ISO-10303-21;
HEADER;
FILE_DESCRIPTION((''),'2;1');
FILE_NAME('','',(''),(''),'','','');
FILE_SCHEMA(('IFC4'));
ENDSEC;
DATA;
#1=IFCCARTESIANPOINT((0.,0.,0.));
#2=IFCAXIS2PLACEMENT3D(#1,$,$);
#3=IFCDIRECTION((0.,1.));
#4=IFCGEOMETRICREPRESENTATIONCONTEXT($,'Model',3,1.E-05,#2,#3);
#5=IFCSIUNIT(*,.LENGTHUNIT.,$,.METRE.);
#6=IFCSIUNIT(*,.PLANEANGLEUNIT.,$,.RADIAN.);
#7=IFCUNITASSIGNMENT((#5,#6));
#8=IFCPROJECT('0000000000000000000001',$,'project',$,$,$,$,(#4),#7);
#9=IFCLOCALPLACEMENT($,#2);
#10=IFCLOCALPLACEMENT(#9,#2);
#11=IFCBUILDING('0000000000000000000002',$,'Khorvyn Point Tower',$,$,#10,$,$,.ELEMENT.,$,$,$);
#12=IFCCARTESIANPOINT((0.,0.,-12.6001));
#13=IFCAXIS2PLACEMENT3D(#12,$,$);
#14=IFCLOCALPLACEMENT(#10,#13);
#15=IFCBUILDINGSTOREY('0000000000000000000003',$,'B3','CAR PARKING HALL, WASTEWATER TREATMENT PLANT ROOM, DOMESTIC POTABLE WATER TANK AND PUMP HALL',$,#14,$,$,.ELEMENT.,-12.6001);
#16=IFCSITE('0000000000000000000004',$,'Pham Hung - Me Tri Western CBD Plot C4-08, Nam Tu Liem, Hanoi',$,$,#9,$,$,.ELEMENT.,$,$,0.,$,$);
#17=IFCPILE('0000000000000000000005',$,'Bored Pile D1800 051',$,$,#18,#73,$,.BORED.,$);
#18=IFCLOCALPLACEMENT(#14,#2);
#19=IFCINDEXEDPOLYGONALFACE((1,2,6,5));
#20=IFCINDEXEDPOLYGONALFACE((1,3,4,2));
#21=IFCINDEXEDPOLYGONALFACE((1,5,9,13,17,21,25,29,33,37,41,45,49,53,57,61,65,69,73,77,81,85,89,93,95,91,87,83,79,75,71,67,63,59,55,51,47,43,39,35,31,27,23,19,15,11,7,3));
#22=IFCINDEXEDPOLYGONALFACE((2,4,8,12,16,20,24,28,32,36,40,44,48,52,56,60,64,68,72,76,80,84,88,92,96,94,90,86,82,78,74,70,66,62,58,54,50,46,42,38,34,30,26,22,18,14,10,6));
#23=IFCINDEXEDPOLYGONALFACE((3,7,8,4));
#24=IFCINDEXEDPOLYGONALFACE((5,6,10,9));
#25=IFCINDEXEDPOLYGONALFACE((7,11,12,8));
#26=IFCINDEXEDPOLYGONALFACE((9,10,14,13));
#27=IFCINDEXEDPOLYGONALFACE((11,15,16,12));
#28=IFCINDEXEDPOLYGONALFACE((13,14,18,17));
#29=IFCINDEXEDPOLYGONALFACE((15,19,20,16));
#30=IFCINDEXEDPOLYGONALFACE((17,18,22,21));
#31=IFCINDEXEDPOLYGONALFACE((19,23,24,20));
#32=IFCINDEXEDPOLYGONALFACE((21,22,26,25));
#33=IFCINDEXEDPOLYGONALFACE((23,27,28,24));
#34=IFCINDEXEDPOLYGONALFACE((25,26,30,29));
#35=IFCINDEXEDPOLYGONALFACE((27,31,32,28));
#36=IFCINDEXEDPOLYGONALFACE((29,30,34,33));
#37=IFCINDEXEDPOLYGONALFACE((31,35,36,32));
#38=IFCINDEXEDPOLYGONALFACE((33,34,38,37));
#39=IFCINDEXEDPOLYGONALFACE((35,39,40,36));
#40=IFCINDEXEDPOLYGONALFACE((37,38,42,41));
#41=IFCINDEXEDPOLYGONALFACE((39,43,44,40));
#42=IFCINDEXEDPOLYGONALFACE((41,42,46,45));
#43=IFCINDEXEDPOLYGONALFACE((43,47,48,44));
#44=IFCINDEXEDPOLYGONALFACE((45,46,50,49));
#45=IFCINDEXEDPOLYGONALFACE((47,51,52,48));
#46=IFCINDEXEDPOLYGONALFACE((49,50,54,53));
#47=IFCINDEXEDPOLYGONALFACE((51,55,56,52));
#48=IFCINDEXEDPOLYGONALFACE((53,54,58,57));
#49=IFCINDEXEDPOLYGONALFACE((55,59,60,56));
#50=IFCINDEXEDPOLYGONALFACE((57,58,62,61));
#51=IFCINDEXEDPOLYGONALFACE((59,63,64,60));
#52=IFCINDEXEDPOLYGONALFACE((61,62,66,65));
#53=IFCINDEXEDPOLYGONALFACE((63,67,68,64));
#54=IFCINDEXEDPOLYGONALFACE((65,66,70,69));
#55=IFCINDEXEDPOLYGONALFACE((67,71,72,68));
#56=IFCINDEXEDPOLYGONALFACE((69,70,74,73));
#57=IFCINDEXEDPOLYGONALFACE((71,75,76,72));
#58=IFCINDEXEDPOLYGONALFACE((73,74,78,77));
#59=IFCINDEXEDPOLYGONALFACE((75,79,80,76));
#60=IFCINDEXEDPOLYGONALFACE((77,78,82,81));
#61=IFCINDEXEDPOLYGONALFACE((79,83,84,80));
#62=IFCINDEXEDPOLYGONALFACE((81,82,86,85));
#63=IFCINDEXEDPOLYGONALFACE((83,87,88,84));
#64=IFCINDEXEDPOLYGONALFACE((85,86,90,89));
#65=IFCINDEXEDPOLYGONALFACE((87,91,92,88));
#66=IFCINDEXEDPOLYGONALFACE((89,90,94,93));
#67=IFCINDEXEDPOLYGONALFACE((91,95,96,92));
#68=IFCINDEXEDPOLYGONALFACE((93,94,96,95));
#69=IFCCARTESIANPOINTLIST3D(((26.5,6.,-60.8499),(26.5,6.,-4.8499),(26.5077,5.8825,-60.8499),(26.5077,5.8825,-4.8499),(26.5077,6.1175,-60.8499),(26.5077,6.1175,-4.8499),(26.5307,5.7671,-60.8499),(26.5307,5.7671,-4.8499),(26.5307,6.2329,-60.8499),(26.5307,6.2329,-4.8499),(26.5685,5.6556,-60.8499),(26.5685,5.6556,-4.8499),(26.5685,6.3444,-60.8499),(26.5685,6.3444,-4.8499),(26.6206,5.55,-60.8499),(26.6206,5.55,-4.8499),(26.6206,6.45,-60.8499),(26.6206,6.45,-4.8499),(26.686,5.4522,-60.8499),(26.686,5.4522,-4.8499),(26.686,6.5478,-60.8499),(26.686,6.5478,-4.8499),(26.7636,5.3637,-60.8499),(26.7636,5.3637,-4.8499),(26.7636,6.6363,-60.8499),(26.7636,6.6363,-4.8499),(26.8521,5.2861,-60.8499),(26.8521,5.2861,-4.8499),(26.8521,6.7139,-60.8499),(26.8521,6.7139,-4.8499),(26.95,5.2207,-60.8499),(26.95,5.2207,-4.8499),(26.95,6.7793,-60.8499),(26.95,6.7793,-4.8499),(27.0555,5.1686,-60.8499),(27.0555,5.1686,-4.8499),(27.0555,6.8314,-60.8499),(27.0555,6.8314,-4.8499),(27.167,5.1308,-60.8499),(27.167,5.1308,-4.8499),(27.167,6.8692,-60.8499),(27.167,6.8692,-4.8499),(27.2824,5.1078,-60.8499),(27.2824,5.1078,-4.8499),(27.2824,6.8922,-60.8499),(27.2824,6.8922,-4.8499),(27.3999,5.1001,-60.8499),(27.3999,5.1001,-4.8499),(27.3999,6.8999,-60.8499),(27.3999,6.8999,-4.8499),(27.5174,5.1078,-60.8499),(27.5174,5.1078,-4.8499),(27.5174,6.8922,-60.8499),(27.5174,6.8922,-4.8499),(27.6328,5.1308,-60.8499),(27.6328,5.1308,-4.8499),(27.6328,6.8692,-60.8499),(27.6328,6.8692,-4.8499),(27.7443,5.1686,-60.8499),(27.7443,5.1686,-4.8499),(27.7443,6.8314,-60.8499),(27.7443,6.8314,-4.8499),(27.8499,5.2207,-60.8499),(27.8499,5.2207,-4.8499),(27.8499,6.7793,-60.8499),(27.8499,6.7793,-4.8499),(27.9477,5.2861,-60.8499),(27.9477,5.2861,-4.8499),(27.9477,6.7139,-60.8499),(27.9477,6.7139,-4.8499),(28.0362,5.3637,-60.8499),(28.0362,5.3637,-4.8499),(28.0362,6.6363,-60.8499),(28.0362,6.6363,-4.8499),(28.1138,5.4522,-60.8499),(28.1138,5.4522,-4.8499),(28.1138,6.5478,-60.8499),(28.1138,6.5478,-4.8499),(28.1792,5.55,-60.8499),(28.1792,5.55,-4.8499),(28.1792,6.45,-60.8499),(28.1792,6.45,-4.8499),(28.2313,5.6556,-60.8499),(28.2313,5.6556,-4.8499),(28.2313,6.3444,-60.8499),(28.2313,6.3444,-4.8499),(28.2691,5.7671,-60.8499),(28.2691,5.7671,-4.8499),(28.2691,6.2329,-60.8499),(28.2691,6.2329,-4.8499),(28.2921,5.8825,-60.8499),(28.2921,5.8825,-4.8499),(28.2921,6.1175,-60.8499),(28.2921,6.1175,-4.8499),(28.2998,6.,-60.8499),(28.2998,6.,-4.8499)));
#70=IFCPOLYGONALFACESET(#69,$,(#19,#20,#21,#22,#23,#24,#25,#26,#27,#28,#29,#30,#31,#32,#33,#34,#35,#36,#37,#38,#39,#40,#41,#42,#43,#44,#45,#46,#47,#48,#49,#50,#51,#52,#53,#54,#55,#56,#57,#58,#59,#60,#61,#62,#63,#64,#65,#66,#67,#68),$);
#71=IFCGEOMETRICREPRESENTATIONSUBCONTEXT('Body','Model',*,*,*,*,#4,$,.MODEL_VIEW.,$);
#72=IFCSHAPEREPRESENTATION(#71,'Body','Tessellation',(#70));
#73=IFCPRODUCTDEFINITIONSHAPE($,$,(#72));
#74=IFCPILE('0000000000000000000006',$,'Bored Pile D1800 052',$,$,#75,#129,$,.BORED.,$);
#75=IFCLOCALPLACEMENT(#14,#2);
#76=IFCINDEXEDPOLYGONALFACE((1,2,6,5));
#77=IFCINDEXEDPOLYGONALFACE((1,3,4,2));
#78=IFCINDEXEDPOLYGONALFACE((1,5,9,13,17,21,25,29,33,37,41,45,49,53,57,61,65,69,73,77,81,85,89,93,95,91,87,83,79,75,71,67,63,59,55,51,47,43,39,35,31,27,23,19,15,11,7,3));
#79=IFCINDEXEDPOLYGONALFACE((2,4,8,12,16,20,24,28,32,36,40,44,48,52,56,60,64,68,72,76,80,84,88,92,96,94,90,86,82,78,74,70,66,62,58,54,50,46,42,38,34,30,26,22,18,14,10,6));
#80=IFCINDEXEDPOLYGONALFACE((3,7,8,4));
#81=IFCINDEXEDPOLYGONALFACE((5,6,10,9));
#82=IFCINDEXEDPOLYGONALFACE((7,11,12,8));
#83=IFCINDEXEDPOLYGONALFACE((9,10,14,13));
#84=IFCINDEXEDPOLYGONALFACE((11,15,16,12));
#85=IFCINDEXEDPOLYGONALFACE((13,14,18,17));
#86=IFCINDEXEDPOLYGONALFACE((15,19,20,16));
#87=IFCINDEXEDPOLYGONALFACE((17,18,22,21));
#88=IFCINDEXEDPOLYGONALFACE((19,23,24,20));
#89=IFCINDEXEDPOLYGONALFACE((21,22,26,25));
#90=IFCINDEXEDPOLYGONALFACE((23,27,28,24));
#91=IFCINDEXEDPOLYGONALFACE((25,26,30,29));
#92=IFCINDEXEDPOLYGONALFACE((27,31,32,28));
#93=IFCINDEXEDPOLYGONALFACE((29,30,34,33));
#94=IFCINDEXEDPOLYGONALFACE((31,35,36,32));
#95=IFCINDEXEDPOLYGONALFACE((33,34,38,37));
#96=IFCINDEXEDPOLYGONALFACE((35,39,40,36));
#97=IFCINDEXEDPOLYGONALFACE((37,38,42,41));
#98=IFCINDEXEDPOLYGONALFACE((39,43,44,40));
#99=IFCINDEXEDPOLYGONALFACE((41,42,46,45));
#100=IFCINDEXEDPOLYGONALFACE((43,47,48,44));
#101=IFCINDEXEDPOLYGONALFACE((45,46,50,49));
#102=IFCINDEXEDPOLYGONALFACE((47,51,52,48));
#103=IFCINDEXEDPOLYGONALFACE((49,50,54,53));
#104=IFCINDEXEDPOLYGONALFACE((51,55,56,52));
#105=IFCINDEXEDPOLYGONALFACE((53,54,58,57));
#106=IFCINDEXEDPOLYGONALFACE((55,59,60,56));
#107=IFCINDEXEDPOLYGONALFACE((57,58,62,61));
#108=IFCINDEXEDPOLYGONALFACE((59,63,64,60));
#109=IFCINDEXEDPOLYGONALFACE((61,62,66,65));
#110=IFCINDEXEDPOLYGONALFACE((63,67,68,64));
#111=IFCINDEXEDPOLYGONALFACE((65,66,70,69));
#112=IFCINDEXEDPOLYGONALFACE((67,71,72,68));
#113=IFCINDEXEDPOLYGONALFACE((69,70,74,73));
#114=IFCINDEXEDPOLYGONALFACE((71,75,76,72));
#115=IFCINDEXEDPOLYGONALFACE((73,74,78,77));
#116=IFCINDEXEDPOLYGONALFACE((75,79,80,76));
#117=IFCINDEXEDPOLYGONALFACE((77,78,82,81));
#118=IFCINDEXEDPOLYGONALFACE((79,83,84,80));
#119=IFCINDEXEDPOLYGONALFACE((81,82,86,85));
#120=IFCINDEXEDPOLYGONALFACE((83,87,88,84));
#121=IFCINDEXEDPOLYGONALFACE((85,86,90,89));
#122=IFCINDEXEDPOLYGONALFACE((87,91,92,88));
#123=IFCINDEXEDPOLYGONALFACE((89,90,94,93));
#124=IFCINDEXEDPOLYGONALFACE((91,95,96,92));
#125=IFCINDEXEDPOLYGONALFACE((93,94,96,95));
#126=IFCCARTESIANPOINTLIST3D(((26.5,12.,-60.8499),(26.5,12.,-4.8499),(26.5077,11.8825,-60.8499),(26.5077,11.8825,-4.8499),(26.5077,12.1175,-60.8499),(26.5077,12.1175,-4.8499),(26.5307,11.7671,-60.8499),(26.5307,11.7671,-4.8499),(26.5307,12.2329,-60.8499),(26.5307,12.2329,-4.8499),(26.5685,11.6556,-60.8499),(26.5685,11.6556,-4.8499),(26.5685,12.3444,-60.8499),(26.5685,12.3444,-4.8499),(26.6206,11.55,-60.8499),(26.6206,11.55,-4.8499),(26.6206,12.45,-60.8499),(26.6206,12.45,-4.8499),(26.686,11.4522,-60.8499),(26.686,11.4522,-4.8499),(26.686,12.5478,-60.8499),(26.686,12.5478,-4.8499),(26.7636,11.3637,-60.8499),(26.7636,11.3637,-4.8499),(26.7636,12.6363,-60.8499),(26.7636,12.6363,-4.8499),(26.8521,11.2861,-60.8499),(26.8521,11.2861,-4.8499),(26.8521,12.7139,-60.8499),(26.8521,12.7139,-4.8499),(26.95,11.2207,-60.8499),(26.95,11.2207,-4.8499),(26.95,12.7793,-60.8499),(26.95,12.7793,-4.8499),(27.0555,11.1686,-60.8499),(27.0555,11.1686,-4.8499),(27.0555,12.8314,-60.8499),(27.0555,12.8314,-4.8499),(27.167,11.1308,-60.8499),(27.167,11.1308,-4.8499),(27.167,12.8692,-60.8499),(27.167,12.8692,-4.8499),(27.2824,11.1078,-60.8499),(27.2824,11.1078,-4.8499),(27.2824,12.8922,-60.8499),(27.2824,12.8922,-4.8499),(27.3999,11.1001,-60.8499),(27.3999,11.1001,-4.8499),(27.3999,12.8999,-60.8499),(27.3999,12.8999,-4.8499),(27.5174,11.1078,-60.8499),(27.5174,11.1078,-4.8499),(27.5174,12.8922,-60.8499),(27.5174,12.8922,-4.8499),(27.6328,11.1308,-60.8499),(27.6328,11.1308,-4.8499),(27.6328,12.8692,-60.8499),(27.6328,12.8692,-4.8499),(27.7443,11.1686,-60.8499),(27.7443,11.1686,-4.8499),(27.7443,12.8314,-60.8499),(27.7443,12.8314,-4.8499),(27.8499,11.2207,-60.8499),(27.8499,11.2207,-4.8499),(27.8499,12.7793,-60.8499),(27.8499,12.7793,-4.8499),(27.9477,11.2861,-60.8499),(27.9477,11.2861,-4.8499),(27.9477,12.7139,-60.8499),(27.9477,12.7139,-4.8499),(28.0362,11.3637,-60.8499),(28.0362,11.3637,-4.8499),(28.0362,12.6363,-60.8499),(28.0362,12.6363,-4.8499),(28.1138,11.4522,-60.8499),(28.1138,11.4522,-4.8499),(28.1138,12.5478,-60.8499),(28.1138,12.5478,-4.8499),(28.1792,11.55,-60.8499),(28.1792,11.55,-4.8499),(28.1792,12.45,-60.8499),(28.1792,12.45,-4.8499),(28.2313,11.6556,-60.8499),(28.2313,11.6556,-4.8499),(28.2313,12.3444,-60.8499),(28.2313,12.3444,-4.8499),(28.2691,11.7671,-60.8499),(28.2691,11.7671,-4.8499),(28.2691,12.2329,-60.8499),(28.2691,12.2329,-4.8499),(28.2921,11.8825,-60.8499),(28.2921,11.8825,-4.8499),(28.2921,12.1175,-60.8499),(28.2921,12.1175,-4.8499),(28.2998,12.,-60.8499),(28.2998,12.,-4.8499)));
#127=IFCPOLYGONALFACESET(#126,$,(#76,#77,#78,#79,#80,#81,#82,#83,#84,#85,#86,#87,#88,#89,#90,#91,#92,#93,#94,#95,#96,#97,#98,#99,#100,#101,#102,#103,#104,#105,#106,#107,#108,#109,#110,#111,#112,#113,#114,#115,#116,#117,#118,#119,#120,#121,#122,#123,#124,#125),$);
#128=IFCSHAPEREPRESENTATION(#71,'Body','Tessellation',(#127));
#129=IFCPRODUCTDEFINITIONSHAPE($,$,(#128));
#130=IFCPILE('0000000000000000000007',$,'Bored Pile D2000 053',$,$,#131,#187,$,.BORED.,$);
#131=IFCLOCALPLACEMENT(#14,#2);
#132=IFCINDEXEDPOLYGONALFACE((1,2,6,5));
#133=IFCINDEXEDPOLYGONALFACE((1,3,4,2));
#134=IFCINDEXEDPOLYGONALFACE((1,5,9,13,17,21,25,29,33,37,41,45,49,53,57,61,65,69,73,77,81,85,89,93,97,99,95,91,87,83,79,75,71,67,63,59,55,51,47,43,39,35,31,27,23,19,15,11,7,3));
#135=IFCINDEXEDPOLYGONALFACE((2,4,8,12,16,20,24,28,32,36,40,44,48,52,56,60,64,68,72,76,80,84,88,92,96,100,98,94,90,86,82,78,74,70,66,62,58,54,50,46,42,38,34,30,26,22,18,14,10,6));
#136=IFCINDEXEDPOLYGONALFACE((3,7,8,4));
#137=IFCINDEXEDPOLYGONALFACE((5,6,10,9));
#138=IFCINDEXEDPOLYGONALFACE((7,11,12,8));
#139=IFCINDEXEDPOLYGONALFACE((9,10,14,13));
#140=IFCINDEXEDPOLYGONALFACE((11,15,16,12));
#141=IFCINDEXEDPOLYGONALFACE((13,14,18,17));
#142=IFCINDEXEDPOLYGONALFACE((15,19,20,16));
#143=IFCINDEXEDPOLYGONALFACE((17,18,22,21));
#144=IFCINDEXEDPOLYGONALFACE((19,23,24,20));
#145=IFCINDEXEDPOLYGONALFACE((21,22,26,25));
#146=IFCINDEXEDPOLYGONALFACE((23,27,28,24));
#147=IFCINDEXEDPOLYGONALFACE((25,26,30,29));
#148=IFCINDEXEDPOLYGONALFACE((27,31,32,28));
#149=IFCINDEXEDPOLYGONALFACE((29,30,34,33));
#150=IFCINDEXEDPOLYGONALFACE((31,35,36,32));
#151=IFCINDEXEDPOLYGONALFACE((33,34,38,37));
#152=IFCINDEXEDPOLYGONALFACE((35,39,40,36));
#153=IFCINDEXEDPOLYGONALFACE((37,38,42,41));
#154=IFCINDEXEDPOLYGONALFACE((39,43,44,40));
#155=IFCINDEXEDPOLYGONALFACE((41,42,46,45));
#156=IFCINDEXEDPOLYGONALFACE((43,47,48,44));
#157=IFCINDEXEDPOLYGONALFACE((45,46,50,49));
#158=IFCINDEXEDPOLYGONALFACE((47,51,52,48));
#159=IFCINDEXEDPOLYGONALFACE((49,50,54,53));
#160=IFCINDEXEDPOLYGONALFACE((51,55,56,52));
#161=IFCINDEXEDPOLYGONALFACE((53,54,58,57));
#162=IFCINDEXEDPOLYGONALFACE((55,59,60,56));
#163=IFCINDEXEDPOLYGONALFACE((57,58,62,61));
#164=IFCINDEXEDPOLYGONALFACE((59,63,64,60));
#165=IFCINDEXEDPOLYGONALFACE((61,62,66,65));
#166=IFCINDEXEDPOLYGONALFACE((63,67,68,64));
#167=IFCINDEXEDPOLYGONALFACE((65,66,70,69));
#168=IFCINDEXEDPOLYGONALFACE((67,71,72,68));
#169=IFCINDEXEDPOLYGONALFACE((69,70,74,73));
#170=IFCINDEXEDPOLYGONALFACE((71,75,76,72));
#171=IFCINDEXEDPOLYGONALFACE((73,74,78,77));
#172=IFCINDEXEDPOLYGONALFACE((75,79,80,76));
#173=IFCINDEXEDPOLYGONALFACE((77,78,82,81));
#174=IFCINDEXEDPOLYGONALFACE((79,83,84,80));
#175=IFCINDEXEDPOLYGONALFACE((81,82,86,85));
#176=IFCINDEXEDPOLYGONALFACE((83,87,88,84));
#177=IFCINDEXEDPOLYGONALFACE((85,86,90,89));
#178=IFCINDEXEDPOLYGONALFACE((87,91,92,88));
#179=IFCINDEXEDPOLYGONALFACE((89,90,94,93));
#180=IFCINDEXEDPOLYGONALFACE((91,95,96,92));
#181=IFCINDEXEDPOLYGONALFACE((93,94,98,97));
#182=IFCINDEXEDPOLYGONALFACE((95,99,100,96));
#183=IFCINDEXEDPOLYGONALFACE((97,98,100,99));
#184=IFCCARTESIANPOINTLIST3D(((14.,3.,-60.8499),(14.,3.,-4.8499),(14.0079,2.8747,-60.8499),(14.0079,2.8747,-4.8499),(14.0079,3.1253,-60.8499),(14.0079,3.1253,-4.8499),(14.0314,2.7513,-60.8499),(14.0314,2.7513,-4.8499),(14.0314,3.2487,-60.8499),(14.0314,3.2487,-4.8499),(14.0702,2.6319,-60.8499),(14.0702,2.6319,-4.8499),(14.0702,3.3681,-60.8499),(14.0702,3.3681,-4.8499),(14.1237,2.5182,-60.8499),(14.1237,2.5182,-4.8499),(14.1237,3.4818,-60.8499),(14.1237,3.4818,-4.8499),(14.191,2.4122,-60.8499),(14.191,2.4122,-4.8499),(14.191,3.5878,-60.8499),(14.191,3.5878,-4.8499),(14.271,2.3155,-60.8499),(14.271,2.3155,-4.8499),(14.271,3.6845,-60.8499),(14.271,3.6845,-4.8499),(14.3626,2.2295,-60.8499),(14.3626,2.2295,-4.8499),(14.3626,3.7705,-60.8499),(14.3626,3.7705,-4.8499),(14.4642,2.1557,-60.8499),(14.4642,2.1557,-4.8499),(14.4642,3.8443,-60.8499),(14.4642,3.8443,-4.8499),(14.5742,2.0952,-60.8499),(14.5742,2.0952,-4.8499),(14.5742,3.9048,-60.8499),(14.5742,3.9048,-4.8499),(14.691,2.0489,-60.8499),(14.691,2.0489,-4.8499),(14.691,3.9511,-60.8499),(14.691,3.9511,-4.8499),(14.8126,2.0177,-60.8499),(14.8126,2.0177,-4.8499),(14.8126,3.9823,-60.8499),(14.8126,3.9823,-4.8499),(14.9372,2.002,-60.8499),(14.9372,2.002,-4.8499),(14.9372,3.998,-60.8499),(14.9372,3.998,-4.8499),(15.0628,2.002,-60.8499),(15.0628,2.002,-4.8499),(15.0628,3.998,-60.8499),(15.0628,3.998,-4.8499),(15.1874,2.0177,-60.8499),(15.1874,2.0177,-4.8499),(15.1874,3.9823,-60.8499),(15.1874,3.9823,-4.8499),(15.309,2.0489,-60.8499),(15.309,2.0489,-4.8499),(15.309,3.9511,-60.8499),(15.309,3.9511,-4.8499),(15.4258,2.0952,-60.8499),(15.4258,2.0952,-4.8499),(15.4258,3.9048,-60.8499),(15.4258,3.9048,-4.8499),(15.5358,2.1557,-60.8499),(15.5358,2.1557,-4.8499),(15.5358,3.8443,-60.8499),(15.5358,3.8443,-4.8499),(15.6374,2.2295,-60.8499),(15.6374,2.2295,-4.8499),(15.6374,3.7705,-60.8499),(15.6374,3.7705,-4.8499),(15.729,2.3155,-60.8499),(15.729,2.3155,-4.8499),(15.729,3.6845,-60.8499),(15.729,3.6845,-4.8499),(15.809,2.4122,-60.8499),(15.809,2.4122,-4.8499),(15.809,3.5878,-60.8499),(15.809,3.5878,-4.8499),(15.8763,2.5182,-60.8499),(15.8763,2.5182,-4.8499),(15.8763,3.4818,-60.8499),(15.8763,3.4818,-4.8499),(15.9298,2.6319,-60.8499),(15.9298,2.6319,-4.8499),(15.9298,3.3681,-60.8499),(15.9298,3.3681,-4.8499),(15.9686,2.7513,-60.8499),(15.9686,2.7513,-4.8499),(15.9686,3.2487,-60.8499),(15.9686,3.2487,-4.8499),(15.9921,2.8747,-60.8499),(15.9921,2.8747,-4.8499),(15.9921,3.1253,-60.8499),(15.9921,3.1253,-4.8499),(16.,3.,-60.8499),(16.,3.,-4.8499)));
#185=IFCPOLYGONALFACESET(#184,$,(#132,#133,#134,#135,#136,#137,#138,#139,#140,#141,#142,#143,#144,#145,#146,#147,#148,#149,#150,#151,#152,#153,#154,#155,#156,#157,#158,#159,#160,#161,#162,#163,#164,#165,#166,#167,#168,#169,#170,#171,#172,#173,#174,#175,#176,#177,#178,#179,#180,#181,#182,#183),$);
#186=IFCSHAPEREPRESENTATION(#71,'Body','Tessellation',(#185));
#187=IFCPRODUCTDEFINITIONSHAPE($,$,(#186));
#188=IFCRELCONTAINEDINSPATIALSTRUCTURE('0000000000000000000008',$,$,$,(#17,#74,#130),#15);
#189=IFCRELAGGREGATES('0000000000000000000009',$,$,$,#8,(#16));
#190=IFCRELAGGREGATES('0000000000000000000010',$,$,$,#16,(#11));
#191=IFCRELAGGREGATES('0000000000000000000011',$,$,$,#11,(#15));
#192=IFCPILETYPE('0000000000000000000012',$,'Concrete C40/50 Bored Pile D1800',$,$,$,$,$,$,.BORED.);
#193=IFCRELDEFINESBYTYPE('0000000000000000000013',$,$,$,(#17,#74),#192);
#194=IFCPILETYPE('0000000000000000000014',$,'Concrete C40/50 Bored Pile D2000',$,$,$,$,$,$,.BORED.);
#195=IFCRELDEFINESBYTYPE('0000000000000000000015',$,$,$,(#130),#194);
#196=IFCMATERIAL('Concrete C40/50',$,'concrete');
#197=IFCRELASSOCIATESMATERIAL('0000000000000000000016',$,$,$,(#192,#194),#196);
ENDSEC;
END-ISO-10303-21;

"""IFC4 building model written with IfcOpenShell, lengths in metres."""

from ifc_helpers import new_model, si_unit, direction, frame, origin, origin_2d, place, context, subcontext, project, spatial, circle, extrude, material, material_profile, profile_set, type_object, element, save


model = new_model("IFC4")

# Units and contexts
model_context = context("Model", 3, precision=1e-05, world=origin(), true_north=direction((0.0, 1.0)))
body_context = subcontext(model_context, "Body", "Model", "MODEL_VIEW")
ifc_project = project(units=[si_unit("LENGTHUNIT", "METRE"), si_unit("PLANEANGLEUNIT", "RADIAN")], contexts=[model_context])

# Site, building, storey
site_placement = place(None, origin())
site = spatial("IfcSite", under=ifc_project, at=site_placement, Name="Pham Hung - Me Tri Western CBD Plot C4-08, Nam Tu Liem, Hanoi", CompositionType="ELEMENT", RefElevation=0.0)
building_placement = place(site_placement, origin())
building = spatial("IfcBuilding", under=site, at=building_placement, Name="Khorvyn Point Tower", CompositionType="ELEMENT")
storey_placement = place(building_placement, frame((0.0, 0.0, -12.6001)))
storey = spatial("IfcBuildingStorey", under=building, at=storey_placement, Name="B3", Description="CAR PARKING HALL, WASTEWATER TREATMENT PLANT ROOM, DOMESTIC POTABLE WATER TANK AND PUMP HALL", CompositionType="ELEMENT", Elevation=-12.6001)

# Piles
ifc_material_1 = material(Name="Concrete C40/50", Category="concrete")
ifc_material_profile_1 = material_profile(ifc_material_1, circle(Radius=0.8999, at=origin_2d()))
ifc_profile_set_1 = profile_set([ifc_material_profile_1], Name="Concrete C40/50 PILE-D1800")
pile_type_1 = type_object("IfcPileType", Name="Concrete C40/50 Bored Pile D1800", PredefinedType="BORED", material=ifc_profile_set_1)
for number, where, z_axis, x_axis, name in (
    (1, (27.3999, 6.0, -4.8499), (0.0, 0.0, -1.0), (1.0, 0.0, 0.0), "Bored Pile D1800 051"),
    (2, (27.3999, 12.0, -4.8499), (0.0, 0.0, -1.0), (1.0, 0.0, 0.0), "Bored Pile D1800 052"),
):
    element("IfcPile", number, at=place(storey_placement, frame(where, z_axis=z_axis, x_axis=x_axis)), inside=storey, type_object=pile_type_1, Name=name, PredefinedType="BORED", context=body_context, shape_type="SweptSolid", body=[
        extrude(circle(Radius=0.8999, at=origin_2d()), origin(), (0.0, 0.0, 1.0), 56.0),
    ])
ifc_material_profile_2 = material_profile(ifc_material_1, circle(Radius=1.0, at=origin_2d()))
ifc_profile_set_2 = profile_set([ifc_material_profile_2], Name="Concrete C40/50 PILE-D2000")
pile_type_2 = type_object("IfcPileType", Name="Concrete C40/50 Bored Pile D2000", PredefinedType="BORED", material=ifc_profile_set_2)
for number, where, z_axis, x_axis, name in (
    (3, (15.0, 3.0, -4.8499), (0.0, 0.0, -1.0), (1.0, 0.0, 0.0), "Bored Pile D2000 053"),
):
    element("IfcPile", number, at=place(storey_placement, frame(where, z_axis=z_axis, x_axis=x_axis)), inside=storey, type_object=pile_type_2, Name=name, PredefinedType="BORED", context=body_context, shape_type="SweptSolid", body=[
        extrude(circle(Radius=1.0, at=origin_2d()), origin(), (0.0, 0.0, 1.0), 56.0),
    ])

save(model, "model.ifc")
